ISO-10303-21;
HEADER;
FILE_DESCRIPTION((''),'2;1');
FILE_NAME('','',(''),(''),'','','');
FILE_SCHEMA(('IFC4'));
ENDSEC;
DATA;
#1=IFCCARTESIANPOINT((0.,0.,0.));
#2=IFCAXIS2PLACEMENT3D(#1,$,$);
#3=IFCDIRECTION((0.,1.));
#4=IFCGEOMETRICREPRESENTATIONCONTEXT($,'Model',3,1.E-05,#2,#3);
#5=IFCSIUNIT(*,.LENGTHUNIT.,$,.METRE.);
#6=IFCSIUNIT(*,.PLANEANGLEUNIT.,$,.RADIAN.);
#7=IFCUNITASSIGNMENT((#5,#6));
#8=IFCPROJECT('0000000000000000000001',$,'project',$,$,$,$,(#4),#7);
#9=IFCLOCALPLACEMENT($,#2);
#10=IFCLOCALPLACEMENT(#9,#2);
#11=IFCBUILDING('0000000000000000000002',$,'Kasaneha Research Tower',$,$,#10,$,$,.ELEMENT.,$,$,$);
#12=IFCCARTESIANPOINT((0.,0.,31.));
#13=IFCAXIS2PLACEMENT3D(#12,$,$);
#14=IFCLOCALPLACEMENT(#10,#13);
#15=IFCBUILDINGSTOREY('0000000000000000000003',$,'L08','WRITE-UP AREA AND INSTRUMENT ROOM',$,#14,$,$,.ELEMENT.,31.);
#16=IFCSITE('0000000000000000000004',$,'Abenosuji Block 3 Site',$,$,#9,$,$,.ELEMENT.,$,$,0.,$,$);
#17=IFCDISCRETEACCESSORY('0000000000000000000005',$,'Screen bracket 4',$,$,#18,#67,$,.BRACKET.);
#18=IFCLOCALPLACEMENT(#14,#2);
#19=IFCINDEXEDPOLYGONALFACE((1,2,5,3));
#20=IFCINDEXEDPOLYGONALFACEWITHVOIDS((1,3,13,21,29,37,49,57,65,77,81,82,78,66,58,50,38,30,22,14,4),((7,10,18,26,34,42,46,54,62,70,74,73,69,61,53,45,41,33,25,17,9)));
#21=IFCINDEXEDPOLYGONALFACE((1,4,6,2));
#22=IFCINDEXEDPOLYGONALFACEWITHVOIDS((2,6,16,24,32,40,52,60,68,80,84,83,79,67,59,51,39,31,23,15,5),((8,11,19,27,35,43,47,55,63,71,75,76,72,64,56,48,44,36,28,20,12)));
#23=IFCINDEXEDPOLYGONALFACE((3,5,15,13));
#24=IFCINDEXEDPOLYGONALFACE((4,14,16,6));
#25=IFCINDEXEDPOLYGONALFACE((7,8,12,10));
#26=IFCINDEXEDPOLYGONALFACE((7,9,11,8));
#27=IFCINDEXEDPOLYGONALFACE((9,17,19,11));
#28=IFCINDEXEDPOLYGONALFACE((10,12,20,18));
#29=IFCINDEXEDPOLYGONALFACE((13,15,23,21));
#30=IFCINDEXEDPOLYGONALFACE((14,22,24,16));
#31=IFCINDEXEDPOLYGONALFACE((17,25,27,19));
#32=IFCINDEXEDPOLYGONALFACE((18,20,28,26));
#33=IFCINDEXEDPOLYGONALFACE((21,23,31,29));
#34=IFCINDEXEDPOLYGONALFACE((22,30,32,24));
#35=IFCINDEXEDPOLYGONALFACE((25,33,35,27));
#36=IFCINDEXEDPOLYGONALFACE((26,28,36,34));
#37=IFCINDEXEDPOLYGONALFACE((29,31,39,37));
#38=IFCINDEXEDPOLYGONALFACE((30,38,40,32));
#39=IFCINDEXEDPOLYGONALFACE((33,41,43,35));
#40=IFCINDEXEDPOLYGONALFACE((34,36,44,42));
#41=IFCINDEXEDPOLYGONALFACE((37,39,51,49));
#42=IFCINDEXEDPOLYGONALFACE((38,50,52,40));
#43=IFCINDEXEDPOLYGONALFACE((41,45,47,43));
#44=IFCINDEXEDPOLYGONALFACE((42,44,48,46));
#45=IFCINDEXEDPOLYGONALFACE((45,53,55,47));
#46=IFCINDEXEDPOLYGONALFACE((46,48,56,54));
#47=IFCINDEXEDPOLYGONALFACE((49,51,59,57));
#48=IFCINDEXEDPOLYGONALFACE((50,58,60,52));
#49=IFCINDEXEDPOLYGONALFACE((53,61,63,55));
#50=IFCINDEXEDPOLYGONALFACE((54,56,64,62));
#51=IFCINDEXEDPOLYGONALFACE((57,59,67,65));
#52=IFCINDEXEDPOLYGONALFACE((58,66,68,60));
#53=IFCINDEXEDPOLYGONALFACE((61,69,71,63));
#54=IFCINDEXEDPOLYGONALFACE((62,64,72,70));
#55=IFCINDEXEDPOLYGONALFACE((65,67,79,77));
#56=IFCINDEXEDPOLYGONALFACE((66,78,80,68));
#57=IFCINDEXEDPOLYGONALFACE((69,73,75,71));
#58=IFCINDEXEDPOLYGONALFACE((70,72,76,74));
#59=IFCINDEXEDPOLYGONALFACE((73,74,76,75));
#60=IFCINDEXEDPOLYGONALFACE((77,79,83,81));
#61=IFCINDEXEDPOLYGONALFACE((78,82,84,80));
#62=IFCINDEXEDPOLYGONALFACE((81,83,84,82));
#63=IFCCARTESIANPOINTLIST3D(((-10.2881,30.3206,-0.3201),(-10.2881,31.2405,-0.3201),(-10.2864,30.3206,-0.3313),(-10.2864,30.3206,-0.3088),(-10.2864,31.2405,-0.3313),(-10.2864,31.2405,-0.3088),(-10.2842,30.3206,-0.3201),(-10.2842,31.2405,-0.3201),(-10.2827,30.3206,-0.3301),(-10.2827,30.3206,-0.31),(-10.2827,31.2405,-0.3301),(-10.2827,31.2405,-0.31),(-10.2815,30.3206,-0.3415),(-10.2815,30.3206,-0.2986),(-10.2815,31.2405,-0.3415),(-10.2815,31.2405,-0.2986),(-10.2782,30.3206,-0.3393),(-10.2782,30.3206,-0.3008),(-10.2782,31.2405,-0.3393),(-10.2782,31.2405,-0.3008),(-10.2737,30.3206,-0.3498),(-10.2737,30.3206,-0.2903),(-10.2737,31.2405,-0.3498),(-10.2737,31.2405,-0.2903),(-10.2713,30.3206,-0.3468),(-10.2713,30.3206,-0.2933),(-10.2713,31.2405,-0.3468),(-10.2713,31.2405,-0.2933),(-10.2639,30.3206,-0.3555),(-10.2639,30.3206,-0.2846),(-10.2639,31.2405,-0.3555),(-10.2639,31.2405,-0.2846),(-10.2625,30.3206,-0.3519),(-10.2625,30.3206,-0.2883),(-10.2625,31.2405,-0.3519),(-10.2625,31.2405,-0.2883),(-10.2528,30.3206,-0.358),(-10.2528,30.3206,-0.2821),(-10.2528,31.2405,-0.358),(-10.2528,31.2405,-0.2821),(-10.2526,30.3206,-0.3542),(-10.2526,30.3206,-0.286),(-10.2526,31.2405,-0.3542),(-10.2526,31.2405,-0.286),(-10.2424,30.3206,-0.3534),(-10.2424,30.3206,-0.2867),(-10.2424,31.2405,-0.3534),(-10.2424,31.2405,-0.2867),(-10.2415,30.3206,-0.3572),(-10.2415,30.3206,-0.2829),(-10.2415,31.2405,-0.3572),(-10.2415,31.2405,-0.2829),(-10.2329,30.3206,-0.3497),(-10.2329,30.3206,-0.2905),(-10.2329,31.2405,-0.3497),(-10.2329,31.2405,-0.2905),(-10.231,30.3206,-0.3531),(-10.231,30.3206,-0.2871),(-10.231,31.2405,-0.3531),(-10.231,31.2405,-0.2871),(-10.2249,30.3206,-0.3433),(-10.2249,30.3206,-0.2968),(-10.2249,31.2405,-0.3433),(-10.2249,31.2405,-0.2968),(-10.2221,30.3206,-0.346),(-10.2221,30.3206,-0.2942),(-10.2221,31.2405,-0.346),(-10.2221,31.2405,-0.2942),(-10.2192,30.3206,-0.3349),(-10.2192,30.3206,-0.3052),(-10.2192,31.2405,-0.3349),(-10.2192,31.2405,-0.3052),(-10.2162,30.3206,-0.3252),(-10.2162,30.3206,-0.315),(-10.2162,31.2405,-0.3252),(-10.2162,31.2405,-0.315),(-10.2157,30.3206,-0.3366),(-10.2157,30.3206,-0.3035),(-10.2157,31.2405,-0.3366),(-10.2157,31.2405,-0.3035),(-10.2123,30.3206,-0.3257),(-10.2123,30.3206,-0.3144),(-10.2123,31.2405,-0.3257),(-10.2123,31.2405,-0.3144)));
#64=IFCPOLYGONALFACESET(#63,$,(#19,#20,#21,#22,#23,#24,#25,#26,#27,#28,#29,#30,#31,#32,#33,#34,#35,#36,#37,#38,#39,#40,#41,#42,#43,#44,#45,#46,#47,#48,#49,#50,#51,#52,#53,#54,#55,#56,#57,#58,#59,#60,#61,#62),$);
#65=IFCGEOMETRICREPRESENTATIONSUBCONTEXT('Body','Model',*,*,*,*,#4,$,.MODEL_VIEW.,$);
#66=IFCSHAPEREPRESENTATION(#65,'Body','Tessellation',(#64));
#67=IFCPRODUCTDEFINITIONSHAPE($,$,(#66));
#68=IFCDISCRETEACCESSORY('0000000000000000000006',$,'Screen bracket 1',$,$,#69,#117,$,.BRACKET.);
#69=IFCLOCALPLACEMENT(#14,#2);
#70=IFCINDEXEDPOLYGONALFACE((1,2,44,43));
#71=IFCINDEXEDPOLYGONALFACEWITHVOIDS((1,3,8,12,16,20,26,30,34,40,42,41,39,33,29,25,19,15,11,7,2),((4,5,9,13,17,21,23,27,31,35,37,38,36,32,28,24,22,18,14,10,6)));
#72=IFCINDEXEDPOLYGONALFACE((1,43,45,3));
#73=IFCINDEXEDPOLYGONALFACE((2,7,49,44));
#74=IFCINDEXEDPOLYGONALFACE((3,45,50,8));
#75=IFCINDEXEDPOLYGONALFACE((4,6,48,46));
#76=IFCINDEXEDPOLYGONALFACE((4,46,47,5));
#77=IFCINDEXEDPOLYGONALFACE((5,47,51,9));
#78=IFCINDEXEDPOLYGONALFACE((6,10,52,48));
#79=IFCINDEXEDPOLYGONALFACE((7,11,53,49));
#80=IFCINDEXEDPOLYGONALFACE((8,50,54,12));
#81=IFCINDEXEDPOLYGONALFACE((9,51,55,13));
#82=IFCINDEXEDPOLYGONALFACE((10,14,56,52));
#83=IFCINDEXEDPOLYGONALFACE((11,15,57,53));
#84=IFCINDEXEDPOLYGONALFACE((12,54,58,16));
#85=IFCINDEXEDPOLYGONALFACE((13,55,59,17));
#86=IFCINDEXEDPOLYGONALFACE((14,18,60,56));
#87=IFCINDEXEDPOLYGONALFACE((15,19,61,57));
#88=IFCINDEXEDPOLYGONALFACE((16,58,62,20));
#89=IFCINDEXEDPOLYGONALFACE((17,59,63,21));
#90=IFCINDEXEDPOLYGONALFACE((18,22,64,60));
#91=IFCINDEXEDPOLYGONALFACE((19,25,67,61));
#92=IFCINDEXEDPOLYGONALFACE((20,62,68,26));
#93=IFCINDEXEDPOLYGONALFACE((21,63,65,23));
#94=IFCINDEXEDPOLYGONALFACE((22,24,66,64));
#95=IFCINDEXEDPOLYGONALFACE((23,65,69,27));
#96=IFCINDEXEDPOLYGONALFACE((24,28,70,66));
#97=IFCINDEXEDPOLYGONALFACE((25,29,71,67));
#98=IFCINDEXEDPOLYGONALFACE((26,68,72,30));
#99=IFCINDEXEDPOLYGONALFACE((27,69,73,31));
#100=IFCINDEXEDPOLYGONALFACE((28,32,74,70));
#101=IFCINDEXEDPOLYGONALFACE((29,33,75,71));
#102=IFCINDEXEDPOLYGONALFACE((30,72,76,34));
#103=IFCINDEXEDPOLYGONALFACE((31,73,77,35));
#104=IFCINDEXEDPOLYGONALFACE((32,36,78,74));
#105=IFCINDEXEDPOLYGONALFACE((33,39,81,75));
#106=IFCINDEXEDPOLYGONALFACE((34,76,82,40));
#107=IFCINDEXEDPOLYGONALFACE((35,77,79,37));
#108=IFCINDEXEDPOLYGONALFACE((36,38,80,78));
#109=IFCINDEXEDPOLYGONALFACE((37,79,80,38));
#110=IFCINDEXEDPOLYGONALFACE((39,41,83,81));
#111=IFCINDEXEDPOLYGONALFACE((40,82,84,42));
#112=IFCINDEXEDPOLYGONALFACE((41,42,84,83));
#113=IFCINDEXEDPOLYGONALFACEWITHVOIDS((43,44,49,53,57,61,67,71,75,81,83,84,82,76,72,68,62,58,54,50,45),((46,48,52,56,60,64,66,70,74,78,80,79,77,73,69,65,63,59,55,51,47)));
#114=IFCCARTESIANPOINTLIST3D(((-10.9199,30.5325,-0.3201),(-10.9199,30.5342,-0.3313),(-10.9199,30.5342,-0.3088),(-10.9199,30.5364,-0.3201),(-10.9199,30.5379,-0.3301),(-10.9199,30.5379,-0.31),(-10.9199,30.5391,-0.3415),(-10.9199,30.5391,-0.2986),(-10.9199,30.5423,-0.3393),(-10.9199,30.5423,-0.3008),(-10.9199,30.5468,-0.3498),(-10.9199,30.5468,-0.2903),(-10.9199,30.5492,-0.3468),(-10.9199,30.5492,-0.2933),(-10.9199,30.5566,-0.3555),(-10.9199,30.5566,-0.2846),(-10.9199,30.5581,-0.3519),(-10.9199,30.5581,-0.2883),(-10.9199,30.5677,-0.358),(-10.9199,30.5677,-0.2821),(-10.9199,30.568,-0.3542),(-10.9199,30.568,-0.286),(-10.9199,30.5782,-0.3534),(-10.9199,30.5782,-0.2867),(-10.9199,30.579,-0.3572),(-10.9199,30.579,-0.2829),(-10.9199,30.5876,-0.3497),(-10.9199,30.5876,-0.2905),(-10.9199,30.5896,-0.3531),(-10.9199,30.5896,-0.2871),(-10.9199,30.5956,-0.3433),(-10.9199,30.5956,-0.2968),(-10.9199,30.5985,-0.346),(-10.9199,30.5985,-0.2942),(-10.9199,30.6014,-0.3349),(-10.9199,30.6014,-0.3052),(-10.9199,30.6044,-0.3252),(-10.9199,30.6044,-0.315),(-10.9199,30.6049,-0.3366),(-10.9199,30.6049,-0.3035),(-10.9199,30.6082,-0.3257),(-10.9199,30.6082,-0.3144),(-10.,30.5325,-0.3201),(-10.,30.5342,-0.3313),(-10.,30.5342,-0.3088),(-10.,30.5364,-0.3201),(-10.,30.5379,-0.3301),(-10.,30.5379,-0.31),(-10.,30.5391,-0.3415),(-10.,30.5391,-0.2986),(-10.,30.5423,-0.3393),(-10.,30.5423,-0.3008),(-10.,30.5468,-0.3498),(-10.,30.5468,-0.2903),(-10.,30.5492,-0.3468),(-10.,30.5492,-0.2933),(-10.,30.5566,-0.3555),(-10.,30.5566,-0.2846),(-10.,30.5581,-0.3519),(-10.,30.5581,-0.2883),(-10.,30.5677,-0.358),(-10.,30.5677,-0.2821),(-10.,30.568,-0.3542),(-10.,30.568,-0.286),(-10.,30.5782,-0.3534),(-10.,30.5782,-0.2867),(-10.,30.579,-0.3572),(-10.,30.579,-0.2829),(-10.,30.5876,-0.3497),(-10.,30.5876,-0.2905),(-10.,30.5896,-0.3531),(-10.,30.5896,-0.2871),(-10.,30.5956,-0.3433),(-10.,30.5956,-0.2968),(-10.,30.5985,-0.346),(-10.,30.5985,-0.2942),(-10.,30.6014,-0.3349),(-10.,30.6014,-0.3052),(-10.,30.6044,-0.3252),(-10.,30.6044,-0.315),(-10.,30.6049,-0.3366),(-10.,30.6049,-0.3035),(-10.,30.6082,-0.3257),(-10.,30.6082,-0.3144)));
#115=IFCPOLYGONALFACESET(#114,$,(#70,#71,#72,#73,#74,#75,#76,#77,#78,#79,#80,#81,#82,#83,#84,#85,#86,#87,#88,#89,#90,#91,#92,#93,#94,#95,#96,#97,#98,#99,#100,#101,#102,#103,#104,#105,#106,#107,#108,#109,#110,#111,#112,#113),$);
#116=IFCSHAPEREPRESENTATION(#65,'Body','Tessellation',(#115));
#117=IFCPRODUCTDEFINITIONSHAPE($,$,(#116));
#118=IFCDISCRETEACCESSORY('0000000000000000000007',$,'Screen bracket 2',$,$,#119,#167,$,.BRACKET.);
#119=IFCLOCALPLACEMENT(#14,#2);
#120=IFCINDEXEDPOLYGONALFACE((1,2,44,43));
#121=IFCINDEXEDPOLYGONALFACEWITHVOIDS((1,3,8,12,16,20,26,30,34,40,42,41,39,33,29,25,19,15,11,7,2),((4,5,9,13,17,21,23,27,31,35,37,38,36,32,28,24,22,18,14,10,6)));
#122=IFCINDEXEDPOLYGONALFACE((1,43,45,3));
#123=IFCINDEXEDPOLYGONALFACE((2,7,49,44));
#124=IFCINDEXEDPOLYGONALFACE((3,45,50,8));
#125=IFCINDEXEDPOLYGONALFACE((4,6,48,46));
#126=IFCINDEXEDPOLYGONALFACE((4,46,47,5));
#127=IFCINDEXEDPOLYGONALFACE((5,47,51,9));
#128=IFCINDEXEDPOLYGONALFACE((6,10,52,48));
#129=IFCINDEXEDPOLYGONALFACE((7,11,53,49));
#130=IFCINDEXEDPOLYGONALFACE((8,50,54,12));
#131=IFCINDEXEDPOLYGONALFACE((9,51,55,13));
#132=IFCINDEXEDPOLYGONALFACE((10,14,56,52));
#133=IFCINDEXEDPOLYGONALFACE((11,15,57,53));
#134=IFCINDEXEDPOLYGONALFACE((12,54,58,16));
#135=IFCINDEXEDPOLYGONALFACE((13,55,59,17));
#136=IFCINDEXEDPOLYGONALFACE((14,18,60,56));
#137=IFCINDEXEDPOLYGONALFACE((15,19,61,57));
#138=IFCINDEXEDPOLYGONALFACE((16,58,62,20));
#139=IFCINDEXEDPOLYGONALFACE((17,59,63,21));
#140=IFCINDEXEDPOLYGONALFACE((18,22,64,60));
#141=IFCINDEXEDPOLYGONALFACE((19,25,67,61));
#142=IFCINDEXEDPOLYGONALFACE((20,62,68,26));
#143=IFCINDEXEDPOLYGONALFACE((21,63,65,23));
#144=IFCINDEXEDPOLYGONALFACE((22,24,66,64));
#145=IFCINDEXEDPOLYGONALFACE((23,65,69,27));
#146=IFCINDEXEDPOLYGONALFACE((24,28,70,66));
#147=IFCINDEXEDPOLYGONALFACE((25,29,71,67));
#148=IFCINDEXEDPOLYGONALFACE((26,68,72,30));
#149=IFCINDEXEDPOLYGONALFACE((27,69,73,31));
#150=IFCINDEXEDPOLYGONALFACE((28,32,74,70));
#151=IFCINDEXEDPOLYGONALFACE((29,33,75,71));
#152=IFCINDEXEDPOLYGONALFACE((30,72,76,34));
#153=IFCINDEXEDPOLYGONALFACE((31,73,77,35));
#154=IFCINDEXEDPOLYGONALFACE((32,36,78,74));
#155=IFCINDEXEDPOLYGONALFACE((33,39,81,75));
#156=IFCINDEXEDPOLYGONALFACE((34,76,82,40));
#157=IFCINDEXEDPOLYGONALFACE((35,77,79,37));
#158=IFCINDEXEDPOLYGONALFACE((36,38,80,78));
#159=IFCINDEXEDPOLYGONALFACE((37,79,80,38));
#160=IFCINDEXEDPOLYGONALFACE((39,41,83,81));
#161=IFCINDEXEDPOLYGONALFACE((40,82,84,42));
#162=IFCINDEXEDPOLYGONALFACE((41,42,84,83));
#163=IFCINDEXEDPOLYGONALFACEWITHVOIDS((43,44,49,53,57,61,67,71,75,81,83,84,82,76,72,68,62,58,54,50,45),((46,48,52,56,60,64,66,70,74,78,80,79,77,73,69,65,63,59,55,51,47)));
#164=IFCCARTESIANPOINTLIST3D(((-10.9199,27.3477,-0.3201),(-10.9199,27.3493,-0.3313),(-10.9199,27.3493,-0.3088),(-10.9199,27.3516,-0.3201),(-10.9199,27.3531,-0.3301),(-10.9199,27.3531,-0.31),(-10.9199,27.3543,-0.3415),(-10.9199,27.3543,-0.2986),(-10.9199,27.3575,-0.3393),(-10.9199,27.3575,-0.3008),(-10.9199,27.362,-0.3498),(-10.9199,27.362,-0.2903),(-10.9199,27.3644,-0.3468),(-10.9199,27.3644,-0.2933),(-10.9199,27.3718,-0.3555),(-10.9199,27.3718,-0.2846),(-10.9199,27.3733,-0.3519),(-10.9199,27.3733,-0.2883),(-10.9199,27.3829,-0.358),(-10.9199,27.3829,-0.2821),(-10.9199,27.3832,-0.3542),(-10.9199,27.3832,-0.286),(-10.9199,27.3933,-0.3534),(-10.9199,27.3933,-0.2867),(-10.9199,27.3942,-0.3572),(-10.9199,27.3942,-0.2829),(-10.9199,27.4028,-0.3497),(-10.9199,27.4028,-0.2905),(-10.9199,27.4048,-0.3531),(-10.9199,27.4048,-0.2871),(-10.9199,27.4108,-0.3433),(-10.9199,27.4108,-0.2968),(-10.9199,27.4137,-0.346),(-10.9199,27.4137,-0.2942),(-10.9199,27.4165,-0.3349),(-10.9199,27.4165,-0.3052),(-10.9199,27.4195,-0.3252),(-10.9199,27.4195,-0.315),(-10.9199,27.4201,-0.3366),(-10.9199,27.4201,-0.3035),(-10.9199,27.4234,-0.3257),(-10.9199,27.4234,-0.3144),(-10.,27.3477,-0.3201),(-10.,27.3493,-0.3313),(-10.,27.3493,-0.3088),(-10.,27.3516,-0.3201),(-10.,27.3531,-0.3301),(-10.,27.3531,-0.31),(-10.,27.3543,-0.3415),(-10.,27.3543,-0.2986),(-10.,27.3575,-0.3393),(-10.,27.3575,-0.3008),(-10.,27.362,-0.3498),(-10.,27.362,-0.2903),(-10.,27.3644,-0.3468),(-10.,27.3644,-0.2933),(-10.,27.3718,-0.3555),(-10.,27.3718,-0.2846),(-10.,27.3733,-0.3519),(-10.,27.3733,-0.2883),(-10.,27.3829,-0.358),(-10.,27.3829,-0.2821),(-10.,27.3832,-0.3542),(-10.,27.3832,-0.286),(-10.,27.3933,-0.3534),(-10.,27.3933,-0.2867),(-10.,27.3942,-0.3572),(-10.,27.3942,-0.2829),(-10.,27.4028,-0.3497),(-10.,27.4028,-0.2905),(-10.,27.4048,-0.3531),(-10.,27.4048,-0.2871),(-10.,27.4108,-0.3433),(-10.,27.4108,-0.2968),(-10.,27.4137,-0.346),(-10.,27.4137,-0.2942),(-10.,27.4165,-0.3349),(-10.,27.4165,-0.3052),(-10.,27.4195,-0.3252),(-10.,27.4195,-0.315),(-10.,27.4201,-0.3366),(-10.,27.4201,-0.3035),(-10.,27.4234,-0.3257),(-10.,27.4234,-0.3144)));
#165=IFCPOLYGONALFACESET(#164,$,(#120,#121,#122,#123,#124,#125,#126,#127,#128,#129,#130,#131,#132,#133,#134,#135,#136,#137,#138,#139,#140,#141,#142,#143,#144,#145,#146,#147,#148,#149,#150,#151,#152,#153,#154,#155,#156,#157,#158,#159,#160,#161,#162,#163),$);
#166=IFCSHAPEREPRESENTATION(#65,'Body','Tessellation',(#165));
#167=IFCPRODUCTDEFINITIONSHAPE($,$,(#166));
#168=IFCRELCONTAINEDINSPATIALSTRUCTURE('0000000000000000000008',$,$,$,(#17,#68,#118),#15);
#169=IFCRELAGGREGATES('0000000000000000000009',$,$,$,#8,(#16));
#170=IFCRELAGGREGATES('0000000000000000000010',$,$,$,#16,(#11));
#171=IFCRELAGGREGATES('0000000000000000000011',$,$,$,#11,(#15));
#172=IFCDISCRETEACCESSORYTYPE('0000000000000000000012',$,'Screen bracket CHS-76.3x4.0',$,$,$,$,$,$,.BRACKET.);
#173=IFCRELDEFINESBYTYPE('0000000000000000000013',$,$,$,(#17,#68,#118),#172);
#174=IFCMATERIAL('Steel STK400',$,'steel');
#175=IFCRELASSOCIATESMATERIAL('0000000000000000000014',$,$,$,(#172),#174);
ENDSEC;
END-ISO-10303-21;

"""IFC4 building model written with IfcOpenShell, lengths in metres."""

from ifc_helpers import new_model, si_unit, direction, frame, origin, origin_2d, place, context, subcontext, project, spatial, hollow_circle, extrude, material, material_profile, profile_set, type_object, element, save


model = new_model("IFC4")

# Units and contexts
model_context = context("Model", 3, precision=1e-05, world=origin(), true_north=direction((0.0, 1.0)))
body_context = subcontext(model_context, "Body", "Model", "MODEL_VIEW")
ifc_project = project(units=[si_unit("LENGTHUNIT", "METRE"), si_unit("PLANEANGLEUNIT", "RADIAN")], contexts=[model_context])

# Site, building, storey
site_placement = place(None, origin())
site = spatial("IfcSite", under=ifc_project, at=site_placement, Name="Abenosuji Block 3 Site", CompositionType="ELEMENT", RefElevation=0.0)
building_placement = place(site_placement, origin())
building = spatial("IfcBuilding", under=site, at=building_placement, Name="Kasaneha Research Tower", CompositionType="ELEMENT")
storey_placement = place(building_placement, frame((0.0, 0.0, 31.0)))
storey = spatial("IfcBuildingStorey", under=building, at=storey_placement, Name="L08", Description="WRITE-UP AREA AND INSTRUMENT ROOM", CompositionType="ELEMENT", Elevation=31.0)

# Discrete accessories
ifc_material_1 = material(Name="Steel STK400", Category="steel")
ifc_material_profile_1 = material_profile(ifc_material_1, hollow_circle(Radius=0.0381, WallThickness=0.0039, at=origin_2d()), Name="CHS-76.3x4.0")
ifc_profile_set_1 = profile_set([ifc_material_profile_1], Name="Steel STK400")
discrete_accessory_type = type_object("IfcDiscreteAccessoryType", Name="Screen bracket CHS-76.3x4.0", PredefinedType="BRACKET", material=ifc_profile_set_1)
for number, where, z_axis, x_axis, name in (
    (1, (-10.25, 30.3206, -0.3201), (0.0, 1.0, 0.0), (-1.0, 0.0, 0.0), "Screen bracket 4"),
    (2, (-10.0, 30.5706, -0.3201), (-1.0, 0.0, 0.0), (0.0, -1.0, 0.0), "Screen bracket 1"),
    (3, (-10.0, 27.3857, -0.3201), (-1.0, 0.0, 0.0), (0.0, -1.0, 0.0), "Screen bracket 2"),
):
    element("IfcDiscreteAccessory", number, at=place(storey_placement, frame(where, z_axis=z_axis, x_axis=x_axis)), inside=storey, type_object=discrete_accessory_type, Name=name, PredefinedType="BRACKET", context=body_context, shape_type="SweptSolid", body=[
        extrude(hollow_circle(Radius=0.0381, WallThickness=0.0039, at=origin_2d()), origin(), (0.0, 0.0, 1.0), 0.9199),
    ])

save(model, "model.ifc")
